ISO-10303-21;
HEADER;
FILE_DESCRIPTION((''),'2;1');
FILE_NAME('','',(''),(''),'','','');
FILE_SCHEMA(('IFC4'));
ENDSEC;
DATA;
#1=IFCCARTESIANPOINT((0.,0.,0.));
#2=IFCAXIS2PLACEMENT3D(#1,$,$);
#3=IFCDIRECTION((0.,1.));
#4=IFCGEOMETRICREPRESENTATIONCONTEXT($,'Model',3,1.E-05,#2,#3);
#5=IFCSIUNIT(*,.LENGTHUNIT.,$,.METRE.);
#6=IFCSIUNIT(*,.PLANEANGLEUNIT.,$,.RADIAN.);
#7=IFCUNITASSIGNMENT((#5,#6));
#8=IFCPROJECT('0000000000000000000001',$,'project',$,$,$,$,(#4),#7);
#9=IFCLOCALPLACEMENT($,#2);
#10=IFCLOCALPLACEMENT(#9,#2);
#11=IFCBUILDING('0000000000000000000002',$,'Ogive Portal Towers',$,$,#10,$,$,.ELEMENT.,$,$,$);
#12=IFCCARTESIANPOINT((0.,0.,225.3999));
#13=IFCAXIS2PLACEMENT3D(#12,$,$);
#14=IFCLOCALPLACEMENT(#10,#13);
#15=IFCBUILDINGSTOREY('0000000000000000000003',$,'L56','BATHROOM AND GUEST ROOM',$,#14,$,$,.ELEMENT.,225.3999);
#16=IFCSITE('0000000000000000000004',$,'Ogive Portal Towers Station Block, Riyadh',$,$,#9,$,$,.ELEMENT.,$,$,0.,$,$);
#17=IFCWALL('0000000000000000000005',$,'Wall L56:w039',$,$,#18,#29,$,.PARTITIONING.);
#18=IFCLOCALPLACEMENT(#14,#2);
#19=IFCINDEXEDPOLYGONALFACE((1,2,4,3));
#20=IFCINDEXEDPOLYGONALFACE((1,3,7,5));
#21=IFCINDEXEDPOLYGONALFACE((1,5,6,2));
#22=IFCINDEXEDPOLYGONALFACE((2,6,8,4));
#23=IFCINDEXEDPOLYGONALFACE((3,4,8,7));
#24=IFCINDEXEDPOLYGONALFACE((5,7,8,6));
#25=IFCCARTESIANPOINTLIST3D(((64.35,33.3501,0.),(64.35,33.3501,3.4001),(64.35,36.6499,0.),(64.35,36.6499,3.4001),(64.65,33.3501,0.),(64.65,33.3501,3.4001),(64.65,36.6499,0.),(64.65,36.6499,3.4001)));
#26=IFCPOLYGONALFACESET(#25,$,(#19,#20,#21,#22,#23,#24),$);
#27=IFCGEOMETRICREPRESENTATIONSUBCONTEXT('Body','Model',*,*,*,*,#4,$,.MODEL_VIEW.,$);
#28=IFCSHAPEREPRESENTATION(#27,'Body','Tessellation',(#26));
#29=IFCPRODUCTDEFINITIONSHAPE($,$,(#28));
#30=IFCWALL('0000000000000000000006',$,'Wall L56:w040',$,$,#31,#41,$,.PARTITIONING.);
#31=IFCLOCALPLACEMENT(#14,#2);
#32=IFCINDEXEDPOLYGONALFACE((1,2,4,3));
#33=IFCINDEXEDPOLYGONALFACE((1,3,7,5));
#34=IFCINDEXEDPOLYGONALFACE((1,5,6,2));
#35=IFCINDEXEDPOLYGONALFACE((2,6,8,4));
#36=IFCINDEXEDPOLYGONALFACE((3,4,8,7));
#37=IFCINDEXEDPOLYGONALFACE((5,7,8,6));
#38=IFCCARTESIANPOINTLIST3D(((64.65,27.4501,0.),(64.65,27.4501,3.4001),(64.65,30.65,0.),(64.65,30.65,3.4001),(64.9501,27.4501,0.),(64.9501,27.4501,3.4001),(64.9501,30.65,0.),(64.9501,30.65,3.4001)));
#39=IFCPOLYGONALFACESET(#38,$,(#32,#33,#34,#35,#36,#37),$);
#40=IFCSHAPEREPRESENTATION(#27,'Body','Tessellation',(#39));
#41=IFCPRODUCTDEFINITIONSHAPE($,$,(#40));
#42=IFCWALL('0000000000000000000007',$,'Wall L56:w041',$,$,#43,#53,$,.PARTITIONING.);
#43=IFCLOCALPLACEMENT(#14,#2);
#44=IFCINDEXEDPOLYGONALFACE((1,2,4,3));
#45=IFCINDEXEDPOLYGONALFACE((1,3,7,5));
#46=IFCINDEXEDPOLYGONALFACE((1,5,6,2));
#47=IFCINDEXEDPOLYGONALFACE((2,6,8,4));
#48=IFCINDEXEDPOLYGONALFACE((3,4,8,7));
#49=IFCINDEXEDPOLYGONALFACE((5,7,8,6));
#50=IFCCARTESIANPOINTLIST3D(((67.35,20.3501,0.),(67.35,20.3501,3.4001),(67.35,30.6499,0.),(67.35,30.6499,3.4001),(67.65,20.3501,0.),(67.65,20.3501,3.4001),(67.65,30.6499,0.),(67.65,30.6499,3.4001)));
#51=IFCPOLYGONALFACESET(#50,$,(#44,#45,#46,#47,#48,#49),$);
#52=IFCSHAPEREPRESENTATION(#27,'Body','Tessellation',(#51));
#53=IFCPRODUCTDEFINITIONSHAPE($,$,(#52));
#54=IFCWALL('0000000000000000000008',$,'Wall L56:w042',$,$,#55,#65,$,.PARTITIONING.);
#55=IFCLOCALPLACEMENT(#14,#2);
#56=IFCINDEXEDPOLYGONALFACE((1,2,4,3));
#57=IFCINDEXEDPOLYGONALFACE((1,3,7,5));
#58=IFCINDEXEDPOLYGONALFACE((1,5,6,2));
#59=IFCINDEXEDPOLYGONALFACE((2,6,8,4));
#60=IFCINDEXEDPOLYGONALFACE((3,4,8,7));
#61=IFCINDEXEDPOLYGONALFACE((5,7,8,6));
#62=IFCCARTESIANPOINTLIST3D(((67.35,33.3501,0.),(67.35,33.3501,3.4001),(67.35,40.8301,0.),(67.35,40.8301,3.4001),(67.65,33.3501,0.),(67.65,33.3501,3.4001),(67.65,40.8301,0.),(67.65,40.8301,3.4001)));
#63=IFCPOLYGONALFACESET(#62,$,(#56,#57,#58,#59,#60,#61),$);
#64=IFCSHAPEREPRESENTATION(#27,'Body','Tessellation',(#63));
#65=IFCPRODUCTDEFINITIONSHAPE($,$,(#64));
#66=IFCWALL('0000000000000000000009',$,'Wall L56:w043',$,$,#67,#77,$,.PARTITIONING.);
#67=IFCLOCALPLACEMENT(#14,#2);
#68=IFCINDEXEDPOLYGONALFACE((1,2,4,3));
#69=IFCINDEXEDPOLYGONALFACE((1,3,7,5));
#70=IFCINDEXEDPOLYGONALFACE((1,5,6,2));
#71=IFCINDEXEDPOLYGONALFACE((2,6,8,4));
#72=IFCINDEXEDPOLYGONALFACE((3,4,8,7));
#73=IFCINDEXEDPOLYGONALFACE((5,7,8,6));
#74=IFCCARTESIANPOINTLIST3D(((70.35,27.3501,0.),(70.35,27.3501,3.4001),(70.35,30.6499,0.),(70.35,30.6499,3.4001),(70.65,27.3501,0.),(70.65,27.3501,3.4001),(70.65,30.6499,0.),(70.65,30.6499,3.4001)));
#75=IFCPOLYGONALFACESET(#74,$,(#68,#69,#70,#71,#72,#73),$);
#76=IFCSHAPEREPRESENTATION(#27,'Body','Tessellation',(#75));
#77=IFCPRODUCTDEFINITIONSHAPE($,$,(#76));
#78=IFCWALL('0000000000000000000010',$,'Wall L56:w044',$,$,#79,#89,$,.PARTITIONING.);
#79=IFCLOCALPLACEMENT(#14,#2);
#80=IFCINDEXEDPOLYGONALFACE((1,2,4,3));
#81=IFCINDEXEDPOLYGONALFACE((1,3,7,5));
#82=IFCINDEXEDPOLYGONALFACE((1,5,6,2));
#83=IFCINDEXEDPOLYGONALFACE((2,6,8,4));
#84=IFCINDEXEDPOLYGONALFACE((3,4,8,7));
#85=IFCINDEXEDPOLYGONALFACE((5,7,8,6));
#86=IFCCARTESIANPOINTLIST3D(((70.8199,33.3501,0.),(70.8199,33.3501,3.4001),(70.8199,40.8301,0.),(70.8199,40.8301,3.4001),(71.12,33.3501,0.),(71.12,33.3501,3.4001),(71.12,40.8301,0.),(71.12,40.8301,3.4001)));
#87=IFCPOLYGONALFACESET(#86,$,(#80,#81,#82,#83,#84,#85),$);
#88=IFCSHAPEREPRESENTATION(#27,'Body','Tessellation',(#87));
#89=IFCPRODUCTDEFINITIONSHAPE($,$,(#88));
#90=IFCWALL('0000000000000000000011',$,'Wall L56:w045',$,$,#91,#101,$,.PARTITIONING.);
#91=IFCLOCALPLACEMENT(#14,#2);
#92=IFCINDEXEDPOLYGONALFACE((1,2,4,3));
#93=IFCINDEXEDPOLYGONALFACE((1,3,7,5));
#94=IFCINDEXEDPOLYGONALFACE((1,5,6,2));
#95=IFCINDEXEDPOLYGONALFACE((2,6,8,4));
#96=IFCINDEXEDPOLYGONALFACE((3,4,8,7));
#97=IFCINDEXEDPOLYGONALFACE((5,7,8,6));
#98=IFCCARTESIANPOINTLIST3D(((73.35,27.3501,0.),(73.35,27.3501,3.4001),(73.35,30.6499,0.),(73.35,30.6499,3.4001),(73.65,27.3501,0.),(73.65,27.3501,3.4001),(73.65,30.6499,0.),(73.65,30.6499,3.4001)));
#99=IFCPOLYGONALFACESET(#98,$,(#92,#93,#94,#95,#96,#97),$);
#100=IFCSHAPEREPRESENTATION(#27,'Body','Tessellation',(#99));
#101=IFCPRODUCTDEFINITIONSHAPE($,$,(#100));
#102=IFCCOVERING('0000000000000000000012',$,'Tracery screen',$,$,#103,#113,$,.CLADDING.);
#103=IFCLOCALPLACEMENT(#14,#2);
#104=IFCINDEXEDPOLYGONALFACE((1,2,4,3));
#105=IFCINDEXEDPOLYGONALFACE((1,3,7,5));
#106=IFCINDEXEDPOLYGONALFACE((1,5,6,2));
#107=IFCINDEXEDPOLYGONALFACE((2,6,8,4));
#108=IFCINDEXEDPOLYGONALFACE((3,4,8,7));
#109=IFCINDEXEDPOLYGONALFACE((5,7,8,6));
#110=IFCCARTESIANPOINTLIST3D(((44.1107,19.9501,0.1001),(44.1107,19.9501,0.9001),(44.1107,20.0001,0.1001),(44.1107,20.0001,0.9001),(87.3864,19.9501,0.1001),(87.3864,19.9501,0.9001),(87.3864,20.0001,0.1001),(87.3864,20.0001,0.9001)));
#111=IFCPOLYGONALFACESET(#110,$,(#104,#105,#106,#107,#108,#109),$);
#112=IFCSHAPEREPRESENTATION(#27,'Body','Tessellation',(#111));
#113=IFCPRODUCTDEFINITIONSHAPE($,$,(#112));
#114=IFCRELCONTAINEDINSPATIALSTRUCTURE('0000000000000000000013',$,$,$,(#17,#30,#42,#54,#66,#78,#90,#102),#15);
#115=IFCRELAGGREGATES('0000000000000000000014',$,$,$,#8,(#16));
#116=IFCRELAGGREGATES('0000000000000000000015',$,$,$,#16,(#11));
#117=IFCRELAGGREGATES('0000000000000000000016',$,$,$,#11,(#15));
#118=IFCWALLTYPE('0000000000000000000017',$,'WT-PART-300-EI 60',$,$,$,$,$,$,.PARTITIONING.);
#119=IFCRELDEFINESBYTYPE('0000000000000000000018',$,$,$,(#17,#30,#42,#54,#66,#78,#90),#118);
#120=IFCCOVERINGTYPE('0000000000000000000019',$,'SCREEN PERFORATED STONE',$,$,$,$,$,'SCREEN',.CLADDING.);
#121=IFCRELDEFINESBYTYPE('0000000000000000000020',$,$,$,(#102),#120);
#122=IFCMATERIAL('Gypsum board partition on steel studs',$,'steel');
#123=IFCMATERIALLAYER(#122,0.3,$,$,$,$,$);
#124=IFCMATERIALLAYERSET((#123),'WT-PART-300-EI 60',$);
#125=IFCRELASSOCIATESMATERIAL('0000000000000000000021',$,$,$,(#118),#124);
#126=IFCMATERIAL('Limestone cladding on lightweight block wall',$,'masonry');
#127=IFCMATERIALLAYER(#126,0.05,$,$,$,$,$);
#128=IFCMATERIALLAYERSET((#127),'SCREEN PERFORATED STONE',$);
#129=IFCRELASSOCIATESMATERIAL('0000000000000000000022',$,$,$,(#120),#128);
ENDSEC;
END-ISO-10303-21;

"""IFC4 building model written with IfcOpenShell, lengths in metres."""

from ifc_helpers import new_model, si_unit, direction, frame, frame_2d, origin, origin_2d, place, context, subcontext, project, spatial, rectangle, extrude, material, layer, layer_set, type_object, element, save


model = new_model("IFC4")

# Units and contexts
model_context = context("Model", 3, precision=1e-05, world=origin(), true_north=direction((0.0, 1.0)))
body_context = subcontext(model_context, "Body", "Model", "MODEL_VIEW")
ifc_project = project(units=[si_unit("LENGTHUNIT", "METRE"), si_unit("PLANEANGLEUNIT", "RADIAN")], contexts=[model_context])

# Site, building, storey
site_placement = place(None, origin())
site = spatial("IfcSite", under=ifc_project, at=site_placement, Name="Ogive Portal Towers Station Block, Riyadh", CompositionType="ELEMENT", RefElevation=0.0)
building_placement = place(site_placement, origin())
building = spatial("IfcBuilding", under=site, at=building_placement, Name="Ogive Portal Towers", CompositionType="ELEMENT")
storey_placement = place(building_placement, frame((0.0, 0.0, 225.3999)))
storey = spatial("IfcBuildingStorey", under=building, at=storey_placement, Name="L56", Description="BATHROOM AND GUEST ROOM", CompositionType="ELEMENT", Elevation=225.3999)

# Shared definitions
ifc_material_1 = material(Name="Gypsum board partition on steel studs", Category="steel")
ifc_layer_1 = layer(ifc_material_1, 0.3)
ifc_layer_set_1 = layer_set([ifc_layer_1], Name="WT-PART-300-EI 60")
wall_type = type_object("IfcWallType", Name="WT-PART-300-EI 60", PredefinedType="PARTITIONING", material=ifc_layer_set_1)

# Walls
wall_1_placement = place(storey_placement, frame((64.5, 33.3501, 0.0), z_axis=(0.0, 0.0, 1.0), x_axis=(0.0, 1.0, 0.0)))
element("IfcWall", 1, at=wall_1_placement, inside=storey, type_object=wall_type, Name="Wall L56:w039", PredefinedType="PARTITIONING", context=body_context, shape_type="SweptSolid", body=[
    extrude(rectangle(XDim=3.2998, YDim=0.3, at=frame_2d((1.6499, 0.0))), origin(), (0.0, 0.0, 1.0), 3.4001),
])
wall_2_placement = place(storey_placement, frame((64.8, 27.45, 0.0), z_axis=(0.0, 0.0, 1.0), x_axis=(0.0, 1.0, 0.0)))
element("IfcWall", 2, at=wall_2_placement, inside=storey, type_object=wall_type, Name="Wall L56:w040", PredefinedType="PARTITIONING", context=body_context, shape_type="SweptSolid", body=[
    extrude(rectangle(XDim=3.2, YDim=0.3, at=frame_2d((1.6001, 0.0))), origin(), (0.0, 0.0, 1.0), 3.4001),
])
wall_3_placement = place(storey_placement, frame((67.5, 20.3501, 0.0), z_axis=(0.0, 0.0, 1.0), x_axis=(0.0, 1.0, 0.0)))
element("IfcWall", 3, at=wall_3_placement, inside=storey, type_object=wall_type, Name="Wall L56:w041", PredefinedType="PARTITIONING", context=body_context, shape_type="SweptSolid", body=[
    extrude(rectangle(XDim=10.2998, YDim=0.3, at=frame_2d((5.1499, 0.0))), origin(), (0.0, 0.0, 1.0), 3.4001),
])
wall_4_placement = place(storey_placement, frame((67.5, 33.3501, 0.0), z_axis=(0.0, 0.0, 1.0), x_axis=(0.0, 1.0, 0.0)))
element("IfcWall", 4, at=wall_4_placement, inside=storey, type_object=wall_type, Name="Wall L56:w042", PredefinedType="PARTITIONING", context=body_context, shape_type="SweptSolid", body=[
    extrude(rectangle(XDim=7.48, YDim=0.3, at=frame_2d((3.74, 0.0))), origin(), (0.0, 0.0, 1.0), 3.4001),
])
wall_5_placement = place(storey_placement, frame((70.5, 27.3501, 0.0), z_axis=(0.0, 0.0, 1.0), x_axis=(0.0, 1.0, 0.0)))
element("IfcWall", 5, at=wall_5_placement, inside=storey, type_object=wall_type, Name="Wall L56:w043", PredefinedType="PARTITIONING", context=body_context, shape_type="SweptSolid", body=[
    extrude(rectangle(XDim=3.2998, YDim=0.3, at=frame_2d((1.6499, 0.0))), origin(), (0.0, 0.0, 1.0), 3.4001),
])
wall_6_placement = place(storey_placement, frame((70.97, 33.3501, 0.0), z_axis=(0.0, 0.0, 1.0), x_axis=(0.0, 1.0, 0.0)))
element("IfcWall", 6, at=wall_6_placement, inside=storey, type_object=wall_type, Name="Wall L56:w044", PredefinedType="PARTITIONING", context=body_context, shape_type="SweptSolid", body=[
    extrude(rectangle(XDim=7.48, YDim=0.3, at=frame_2d((3.74, 0.0))), origin(), (0.0, 0.0, 1.0), 3.4001),
])
wall_7_placement = place(storey_placement, frame((73.5, 27.3501, 0.0), z_axis=(0.0, 0.0, 1.0), x_axis=(0.0, 1.0, 0.0)))
element("IfcWall", 7, at=wall_7_placement, inside=storey, type_object=wall_type, Name="Wall L56:w045", PredefinedType="PARTITIONING", context=body_context, shape_type="SweptSolid", body=[
    extrude(rectangle(XDim=3.2998, YDim=0.3, at=frame_2d((1.6499, 0.0))), origin(), (0.0, 0.0, 1.0), 3.4001),
])

# Covering
ifc_material_2 = material(Name="Limestone cladding on lightweight block wall", Category="masonry")
ifc_layer_2 = layer(ifc_material_2, 0.05)
ifc_layer_set_2 = layer_set([ifc_layer_2], Name="SCREEN PERFORATED STONE")
covering_type = type_object("IfcCoveringType", Name="SCREEN PERFORATED STONE", ElementType="SCREEN", PredefinedType="CLADDING", material=ifc_layer_set_2)
covering_placement = place(storey_placement, frame((65.7485, 19.9751, 0.1001), z_axis=(0.0, 0.0, 1.0), x_axis=(1.0, 0.0, 0.0)))
element("IfcCovering", 8, at=covering_placement, inside=storey, type_object=covering_type, Name="Tracery screen", PredefinedType="CLADDING", context=body_context, shape_type="SweptSolid", body=[
    extrude(rectangle(XDim=43.2756, YDim=0.05, at=origin_2d()), origin(), (0.0, 0.0, 1.0), 0.8),
])

save(model, "model.ifc")
